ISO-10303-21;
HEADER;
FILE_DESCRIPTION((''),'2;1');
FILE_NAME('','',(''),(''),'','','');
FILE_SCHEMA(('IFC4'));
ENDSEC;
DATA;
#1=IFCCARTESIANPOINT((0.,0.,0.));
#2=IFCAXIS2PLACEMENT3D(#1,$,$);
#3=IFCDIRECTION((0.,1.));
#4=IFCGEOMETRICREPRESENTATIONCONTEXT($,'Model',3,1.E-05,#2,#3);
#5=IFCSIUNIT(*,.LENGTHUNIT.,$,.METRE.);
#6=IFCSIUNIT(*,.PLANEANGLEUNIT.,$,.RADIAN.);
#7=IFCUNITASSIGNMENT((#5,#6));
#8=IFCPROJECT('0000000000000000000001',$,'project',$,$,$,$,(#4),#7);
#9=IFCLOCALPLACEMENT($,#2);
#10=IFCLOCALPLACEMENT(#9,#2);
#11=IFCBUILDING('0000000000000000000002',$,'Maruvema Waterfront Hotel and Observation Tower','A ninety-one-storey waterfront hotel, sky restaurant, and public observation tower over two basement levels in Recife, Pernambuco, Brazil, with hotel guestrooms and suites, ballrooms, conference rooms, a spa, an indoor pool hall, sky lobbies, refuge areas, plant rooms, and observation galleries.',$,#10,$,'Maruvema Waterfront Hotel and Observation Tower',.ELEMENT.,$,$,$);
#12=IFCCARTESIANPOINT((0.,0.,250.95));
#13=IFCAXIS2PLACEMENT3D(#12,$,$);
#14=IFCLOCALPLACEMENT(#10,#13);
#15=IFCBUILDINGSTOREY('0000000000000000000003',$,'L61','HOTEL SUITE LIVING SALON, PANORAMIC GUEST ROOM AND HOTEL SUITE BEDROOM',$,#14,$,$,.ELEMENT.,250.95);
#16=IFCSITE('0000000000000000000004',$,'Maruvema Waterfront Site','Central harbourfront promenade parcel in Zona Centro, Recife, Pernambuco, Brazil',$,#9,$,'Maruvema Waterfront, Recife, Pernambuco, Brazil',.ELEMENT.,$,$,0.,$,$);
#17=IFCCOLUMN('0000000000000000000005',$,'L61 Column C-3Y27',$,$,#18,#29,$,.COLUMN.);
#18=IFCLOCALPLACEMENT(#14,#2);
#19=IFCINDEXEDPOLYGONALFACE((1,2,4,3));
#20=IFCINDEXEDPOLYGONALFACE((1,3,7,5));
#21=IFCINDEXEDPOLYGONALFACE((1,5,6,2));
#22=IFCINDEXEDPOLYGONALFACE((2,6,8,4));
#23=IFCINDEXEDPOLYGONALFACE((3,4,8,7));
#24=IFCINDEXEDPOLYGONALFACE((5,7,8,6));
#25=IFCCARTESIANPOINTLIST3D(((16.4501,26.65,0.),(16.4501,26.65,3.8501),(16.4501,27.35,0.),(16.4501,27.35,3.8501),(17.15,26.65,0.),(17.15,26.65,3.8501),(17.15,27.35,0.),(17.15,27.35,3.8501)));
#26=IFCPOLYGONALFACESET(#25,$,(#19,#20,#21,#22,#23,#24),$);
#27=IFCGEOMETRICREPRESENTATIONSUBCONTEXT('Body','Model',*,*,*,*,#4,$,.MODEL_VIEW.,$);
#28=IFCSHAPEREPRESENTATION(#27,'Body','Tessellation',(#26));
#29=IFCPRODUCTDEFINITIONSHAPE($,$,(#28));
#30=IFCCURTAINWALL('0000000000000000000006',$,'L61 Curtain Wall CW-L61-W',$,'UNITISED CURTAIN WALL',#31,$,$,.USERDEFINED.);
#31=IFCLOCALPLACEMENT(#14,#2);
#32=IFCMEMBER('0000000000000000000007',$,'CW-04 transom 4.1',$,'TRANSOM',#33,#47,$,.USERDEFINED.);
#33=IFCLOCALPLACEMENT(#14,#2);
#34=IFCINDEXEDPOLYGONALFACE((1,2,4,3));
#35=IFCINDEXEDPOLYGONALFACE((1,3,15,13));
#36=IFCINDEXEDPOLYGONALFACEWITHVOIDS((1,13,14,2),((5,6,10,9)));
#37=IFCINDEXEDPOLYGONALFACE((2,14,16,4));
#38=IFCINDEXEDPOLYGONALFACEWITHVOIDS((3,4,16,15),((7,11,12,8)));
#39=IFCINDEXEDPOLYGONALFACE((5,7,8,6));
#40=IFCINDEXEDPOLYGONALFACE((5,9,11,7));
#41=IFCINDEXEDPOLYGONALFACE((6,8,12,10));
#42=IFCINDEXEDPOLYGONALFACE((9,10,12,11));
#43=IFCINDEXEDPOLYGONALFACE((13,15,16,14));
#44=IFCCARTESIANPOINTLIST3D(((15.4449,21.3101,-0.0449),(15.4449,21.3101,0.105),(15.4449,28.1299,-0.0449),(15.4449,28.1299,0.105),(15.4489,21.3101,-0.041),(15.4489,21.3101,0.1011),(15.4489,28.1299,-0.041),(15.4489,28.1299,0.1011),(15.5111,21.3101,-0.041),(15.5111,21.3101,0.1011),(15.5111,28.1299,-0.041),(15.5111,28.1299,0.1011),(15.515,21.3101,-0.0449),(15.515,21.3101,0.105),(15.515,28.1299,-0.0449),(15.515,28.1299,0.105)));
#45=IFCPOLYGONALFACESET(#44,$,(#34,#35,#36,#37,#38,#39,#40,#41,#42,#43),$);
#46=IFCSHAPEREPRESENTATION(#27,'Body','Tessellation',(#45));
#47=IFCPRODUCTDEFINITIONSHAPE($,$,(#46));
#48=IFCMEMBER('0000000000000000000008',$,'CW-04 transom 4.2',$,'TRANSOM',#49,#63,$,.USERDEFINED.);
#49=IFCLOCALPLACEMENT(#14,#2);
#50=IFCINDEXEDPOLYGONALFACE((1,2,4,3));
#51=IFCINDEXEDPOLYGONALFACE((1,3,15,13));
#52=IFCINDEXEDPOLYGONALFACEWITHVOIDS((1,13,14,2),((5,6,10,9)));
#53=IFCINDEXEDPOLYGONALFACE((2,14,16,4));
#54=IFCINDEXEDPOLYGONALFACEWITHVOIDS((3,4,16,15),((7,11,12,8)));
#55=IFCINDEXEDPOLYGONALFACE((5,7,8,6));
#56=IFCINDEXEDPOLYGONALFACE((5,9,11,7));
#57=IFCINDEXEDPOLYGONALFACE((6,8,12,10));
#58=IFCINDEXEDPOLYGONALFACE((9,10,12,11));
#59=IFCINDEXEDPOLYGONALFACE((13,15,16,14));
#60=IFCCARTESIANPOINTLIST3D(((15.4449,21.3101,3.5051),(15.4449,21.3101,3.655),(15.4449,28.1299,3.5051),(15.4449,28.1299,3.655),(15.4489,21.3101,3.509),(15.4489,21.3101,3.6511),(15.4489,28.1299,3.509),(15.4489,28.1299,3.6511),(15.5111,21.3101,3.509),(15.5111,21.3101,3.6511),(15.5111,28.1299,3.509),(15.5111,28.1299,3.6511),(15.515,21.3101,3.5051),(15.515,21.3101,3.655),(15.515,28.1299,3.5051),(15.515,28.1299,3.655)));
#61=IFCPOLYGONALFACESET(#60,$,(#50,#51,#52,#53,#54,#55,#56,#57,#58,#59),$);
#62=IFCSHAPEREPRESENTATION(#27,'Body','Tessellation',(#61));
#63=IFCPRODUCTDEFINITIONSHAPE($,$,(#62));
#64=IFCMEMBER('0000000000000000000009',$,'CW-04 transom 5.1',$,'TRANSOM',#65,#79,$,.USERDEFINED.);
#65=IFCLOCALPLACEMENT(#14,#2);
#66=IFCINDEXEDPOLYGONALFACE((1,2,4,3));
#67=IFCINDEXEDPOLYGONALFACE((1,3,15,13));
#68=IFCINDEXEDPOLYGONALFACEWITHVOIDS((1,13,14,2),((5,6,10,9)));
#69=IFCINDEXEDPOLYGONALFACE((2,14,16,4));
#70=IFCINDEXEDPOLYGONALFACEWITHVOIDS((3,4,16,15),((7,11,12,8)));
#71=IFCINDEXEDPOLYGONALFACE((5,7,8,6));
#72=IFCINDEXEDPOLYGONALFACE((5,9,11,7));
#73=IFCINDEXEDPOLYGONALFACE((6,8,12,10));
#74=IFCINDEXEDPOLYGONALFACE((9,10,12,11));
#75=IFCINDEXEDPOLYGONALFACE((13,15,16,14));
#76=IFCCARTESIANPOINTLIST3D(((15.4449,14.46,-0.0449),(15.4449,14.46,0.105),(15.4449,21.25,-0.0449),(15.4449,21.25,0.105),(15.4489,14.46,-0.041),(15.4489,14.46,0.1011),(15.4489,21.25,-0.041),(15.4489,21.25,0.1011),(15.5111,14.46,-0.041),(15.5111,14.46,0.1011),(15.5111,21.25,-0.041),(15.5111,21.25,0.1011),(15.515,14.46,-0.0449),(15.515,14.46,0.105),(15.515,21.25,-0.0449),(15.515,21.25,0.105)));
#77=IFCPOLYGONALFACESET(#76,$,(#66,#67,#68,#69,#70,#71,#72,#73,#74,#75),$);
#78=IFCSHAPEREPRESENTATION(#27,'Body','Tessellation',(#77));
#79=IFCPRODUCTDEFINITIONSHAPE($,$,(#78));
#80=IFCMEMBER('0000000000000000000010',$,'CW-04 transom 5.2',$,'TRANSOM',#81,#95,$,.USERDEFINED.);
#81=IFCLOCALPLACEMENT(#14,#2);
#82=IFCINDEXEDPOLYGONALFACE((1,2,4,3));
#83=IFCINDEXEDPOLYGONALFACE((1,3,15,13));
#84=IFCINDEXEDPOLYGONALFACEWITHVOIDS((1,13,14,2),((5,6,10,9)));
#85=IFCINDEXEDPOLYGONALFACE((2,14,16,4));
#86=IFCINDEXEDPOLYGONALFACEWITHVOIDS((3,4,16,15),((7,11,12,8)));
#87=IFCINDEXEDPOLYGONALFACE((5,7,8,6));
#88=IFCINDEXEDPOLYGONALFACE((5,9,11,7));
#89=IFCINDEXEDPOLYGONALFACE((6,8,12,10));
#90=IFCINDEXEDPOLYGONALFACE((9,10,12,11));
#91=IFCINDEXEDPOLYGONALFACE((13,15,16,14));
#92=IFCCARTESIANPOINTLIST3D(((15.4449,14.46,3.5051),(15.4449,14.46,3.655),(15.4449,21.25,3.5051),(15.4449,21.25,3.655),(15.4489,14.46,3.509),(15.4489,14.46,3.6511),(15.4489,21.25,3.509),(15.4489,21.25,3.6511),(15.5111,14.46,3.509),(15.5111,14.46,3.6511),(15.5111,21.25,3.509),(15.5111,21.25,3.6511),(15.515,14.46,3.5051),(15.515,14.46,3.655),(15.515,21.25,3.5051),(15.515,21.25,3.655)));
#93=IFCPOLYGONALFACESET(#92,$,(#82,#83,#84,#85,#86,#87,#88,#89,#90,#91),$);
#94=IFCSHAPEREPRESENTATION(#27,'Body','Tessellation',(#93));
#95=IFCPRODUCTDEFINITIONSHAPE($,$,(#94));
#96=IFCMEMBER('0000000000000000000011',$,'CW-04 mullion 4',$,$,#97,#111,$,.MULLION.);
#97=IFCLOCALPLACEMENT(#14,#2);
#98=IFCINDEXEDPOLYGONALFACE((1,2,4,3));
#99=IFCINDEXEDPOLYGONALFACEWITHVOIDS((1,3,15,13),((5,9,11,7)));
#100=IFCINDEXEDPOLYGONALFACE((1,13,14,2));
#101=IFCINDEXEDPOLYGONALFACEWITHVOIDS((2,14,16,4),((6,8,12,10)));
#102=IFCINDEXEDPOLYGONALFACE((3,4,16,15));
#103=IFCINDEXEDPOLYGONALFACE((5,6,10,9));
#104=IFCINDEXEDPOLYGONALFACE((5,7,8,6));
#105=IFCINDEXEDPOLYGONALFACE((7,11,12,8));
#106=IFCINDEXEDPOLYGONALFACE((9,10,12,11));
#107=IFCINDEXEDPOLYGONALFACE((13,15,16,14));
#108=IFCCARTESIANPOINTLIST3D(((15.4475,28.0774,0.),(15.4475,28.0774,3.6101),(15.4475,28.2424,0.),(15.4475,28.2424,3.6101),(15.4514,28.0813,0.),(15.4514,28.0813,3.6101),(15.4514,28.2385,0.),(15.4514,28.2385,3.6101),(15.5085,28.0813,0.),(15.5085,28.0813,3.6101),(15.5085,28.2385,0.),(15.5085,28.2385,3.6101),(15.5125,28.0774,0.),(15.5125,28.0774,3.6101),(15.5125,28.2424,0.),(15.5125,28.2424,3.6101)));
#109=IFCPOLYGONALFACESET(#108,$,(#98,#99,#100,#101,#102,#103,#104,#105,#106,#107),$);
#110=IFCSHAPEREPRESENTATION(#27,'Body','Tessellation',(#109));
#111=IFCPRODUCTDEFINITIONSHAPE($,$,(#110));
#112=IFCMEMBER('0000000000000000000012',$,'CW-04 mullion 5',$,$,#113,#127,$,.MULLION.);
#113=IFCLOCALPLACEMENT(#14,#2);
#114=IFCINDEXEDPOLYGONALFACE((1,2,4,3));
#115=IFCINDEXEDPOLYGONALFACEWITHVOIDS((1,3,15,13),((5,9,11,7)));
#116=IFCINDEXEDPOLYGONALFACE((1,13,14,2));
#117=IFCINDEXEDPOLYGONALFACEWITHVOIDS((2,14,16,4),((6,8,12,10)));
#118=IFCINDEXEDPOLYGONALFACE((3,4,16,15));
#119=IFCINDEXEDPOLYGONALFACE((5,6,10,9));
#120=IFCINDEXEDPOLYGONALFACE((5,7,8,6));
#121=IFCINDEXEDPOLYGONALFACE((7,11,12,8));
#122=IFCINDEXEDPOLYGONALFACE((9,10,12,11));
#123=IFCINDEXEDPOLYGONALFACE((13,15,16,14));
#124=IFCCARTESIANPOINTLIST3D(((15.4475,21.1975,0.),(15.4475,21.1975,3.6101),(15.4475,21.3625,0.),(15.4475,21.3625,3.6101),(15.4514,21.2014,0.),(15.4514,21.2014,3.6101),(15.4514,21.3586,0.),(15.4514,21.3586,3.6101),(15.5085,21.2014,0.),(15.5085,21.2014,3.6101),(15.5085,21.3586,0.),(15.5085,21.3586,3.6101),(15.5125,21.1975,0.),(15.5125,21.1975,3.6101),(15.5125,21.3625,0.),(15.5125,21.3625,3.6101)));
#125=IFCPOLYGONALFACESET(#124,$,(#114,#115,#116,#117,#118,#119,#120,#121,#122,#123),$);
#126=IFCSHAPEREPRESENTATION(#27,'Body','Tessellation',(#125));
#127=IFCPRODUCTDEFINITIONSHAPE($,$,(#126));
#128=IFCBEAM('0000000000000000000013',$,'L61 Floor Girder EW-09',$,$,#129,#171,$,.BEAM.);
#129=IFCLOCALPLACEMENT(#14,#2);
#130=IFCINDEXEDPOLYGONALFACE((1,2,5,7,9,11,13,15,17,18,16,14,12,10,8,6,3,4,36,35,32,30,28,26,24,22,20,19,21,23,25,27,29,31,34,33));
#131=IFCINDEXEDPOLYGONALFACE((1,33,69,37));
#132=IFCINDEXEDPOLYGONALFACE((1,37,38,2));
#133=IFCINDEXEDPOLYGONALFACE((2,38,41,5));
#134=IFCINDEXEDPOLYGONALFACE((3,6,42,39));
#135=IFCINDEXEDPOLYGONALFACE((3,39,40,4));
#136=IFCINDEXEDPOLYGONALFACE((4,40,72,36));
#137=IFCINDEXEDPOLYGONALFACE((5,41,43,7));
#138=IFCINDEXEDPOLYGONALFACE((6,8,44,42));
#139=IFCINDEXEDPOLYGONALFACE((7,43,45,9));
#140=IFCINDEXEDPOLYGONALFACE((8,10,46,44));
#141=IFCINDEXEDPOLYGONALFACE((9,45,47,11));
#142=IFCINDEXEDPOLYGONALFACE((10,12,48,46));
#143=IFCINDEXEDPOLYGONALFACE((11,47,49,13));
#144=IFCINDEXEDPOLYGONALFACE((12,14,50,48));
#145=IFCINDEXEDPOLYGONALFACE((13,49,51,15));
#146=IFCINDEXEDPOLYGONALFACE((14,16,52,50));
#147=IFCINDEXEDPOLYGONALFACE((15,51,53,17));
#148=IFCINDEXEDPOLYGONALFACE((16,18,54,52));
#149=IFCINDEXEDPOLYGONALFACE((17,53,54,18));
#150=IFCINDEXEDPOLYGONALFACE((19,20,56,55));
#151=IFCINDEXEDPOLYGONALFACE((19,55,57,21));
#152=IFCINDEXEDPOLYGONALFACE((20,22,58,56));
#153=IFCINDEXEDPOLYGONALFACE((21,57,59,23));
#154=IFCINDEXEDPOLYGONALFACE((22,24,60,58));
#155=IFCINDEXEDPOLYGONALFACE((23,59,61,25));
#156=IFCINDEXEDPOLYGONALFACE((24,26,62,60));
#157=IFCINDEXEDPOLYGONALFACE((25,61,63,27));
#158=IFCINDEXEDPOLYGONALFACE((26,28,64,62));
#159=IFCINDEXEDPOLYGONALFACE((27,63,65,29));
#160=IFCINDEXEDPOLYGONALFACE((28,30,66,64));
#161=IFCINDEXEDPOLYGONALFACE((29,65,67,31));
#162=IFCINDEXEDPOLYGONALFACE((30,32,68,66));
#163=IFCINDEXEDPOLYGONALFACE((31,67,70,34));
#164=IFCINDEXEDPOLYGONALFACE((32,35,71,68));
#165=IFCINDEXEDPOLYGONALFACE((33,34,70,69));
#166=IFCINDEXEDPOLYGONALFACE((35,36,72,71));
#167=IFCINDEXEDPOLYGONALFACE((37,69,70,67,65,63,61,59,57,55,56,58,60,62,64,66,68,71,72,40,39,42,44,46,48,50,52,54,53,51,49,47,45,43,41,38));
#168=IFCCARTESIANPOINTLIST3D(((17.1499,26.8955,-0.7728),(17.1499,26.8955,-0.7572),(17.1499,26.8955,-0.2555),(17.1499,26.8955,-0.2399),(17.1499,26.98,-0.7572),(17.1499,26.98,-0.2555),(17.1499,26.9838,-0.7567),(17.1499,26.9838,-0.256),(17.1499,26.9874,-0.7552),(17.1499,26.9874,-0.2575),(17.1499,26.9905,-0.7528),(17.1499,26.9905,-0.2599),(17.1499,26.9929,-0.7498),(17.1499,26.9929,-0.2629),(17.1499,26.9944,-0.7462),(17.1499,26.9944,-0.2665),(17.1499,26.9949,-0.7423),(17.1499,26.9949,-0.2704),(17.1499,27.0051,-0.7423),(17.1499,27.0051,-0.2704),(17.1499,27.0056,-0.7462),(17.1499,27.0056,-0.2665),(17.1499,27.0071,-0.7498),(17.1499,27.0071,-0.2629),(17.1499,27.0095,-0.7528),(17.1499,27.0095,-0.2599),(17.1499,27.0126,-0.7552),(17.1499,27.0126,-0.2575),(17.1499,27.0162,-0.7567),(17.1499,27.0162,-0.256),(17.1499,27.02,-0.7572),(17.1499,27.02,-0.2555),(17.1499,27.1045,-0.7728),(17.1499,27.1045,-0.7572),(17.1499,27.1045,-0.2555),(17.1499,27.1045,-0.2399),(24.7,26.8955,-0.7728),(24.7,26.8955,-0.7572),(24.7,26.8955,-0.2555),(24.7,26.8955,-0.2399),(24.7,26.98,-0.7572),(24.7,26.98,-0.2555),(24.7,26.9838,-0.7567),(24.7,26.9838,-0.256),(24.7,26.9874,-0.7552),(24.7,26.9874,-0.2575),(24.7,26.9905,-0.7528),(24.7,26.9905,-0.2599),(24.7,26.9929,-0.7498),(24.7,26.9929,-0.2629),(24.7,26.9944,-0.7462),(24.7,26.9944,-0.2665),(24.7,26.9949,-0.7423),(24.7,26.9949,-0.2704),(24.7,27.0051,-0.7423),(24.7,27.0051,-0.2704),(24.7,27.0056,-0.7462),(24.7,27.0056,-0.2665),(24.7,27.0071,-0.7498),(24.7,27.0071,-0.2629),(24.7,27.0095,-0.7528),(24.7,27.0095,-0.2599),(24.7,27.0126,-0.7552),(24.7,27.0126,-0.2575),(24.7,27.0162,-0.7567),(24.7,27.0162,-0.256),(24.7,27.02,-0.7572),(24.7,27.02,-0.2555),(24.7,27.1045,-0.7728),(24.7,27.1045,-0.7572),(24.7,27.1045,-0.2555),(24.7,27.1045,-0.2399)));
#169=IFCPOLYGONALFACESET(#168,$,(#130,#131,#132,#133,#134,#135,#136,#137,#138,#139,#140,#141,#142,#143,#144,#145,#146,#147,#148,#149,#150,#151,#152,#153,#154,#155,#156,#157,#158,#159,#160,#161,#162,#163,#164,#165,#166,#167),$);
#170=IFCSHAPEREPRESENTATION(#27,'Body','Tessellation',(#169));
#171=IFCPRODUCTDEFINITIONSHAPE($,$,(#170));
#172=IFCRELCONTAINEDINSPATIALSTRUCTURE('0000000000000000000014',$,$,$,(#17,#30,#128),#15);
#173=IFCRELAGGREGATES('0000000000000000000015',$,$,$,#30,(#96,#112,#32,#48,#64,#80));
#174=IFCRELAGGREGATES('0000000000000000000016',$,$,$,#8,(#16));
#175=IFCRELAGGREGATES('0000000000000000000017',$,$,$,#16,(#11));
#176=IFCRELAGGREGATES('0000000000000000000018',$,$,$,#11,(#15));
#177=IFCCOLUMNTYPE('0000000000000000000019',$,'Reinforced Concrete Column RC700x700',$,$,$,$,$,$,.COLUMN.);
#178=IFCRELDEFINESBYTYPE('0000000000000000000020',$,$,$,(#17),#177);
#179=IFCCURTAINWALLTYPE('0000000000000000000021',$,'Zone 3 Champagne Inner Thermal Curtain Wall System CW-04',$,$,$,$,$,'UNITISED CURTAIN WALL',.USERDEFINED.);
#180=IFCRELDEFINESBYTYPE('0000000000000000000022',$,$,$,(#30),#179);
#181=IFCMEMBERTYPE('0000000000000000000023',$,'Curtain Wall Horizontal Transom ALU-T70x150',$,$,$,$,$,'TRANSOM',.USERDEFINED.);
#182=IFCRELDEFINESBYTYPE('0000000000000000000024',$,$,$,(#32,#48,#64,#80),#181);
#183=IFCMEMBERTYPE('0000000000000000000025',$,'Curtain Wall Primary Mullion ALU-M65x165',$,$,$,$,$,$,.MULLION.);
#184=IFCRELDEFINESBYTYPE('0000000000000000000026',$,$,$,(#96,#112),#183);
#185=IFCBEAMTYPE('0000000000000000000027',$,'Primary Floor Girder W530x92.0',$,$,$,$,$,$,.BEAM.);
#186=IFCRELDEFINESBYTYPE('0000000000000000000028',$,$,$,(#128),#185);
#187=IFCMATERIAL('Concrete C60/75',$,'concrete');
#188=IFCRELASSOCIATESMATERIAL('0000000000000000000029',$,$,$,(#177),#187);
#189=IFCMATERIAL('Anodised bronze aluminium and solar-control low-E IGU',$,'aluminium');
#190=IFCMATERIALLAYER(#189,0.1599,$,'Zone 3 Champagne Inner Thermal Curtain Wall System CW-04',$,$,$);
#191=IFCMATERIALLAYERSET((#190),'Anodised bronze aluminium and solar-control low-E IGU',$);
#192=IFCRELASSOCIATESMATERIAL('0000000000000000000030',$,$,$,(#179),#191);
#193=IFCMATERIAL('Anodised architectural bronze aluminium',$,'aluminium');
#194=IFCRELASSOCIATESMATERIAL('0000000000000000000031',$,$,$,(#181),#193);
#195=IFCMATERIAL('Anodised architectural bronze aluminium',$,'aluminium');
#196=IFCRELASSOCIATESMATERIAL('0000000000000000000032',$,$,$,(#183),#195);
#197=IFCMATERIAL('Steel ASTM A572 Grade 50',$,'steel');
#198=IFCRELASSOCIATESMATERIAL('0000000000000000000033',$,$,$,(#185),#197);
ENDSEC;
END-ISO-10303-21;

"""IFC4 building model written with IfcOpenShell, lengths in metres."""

from ifc_helpers import new_model, si_unit, direction, frame, origin, origin_2d, place, context, subcontext, project, spatial, rectangle, hollow_rectangle, i_section, extrude, material, layer, layer_set, material_profile, profile_set, type_object, element, aggregate, save


model = new_model("IFC4")

# Units and contexts
model_context = context("Model", 3, precision=1e-05, world=origin(), true_north=direction((0.0, 1.0)))
body_context = subcontext(model_context, "Body", "Model", "MODEL_VIEW")
ifc_project = project(units=[si_unit("LENGTHUNIT", "METRE"), si_unit("PLANEANGLEUNIT", "RADIAN")], contexts=[model_context])

# Site, building, storey
site_placement = place(None, origin())
site = spatial("IfcSite", under=ifc_project, at=site_placement, Name="Maruvema Waterfront Site", Description="Central harbourfront promenade parcel in Zona Centro, Recife, Pernambuco, Brazil", LongName="Maruvema Waterfront, Recife, Pernambuco, Brazil", CompositionType="ELEMENT", RefElevation=0.0)
building_placement = place(site_placement, origin())
building = spatial("IfcBuilding", under=site, at=building_placement, Name="Maruvema Waterfront Hotel and Observation Tower", Description="A ninety-one-storey waterfront hotel, sky restaurant, and public observation tower over two basement levels in Recife, Pernambuco, Brazil, with hotel guestrooms and suites, ballrooms, conference rooms, a spa, an indoor pool hall, sky lobbies, refuge areas, plant rooms, and observation galleries.", LongName="Maruvema Waterfront Hotel and Observation Tower", CompositionType="ELEMENT")
storey_placement = place(building_placement, frame((0.0, 0.0, 250.95)))
storey = spatial("IfcBuildingStorey", under=building, at=storey_placement, Name="L61", Description="HOTEL SUITE LIVING SALON, PANORAMIC GUEST ROOM AND HOTEL SUITE BEDROOM", CompositionType="ELEMENT", Elevation=250.95)

# Column
ifc_material_1 = material(Name="Concrete C60/75", Category="concrete")
ifc_material_profile_1 = material_profile(ifc_material_1, rectangle(XDim=0.7, YDim=0.7, at=origin_2d()), Name="RC700x700")
ifc_profile_set_1 = profile_set([ifc_material_profile_1], Name="Concrete C60/75")
column_type = type_object("IfcColumnType", Name="Reinforced Concrete Column RC700x700", PredefinedType="COLUMN", material=ifc_profile_set_1)
column_placement = place(storey_placement, frame((16.8, 27.0, 0.0), z_axis=(0.0, 0.0, 1.0), x_axis=(1.0, 0.0, 0.0)))
element("IfcColumn", 1, at=column_placement, inside=storey, type_object=column_type, Name="L61 Column C-3Y27", PredefinedType="COLUMN", context=body_context, shape_type="SweptSolid", body=[
    extrude(rectangle(XDim=0.7, YDim=0.7, at=origin_2d()), origin(), (0.0, 0.0, 1.0), 3.8501),
])

# Curtain wall, members
ifc_material_2 = material(Name="Anodised bronze aluminium and solar-control low-E IGU", Category="aluminium")
ifc_layer_1 = layer(ifc_material_2, 0.1599, Name="Zone 3 Champagne Inner Thermal Curtain Wall System CW-04")
ifc_layer_set_1 = layer_set([ifc_layer_1], Name="Anodised bronze aluminium and solar-control low-E IGU")
curtain_wall_type = type_object("IfcCurtainWallType", Name="Zone 3 Champagne Inner Thermal Curtain Wall System CW-04", ElementType="UNITISED CURTAIN WALL", PredefinedType="USERDEFINED", material=ifc_layer_set_1)
curtain_wall_placement = place(storey_placement, origin())
curtain_wall = element("IfcCurtainWall", 2, at=curtain_wall_placement, inside=storey, type_object=curtain_wall_type, Name="L61 Curtain Wall CW-L61-W", ObjectType="UNITISED CURTAIN WALL", PredefinedType="USERDEFINED")
ifc_material_3 = material(Name="Anodised architectural bronze aluminium", Category="aluminium")
ifc_material_profile_2 = material_profile(ifc_material_3, hollow_rectangle(XDim=0.0701, YDim=0.1499, WallThickness=0.0039, at=origin_2d()), Name="ALU-T70x150")
ifc_profile_set_2 = profile_set([ifc_material_profile_2], Name="Anodised architectural bronze aluminium")
member_type_1 = type_object("IfcMemberType", Name="Curtain Wall Horizontal Transom ALU-T70x150", ElementType="TRANSOM", PredefinedType="USERDEFINED", material=ifc_profile_set_2)
member_1_placement = place(storey_placement, frame((15.48, 28.1299, 0.03), z_axis=(0.0, -1.0, 0.0), x_axis=(1.0, 0.0, 0.0)))
member_1 = element("IfcMember", 3, at=member_1_placement, type_object=member_type_1, Name="CW-04 transom 4.1", ObjectType="TRANSOM", PredefinedType="USERDEFINED", context=body_context, shape_type="SweptSolid", body=[
    extrude(hollow_rectangle(XDim=0.0701, YDim=0.1499, WallThickness=0.0039, at=origin_2d()), origin(), (0.0, 0.0, 1.0), 6.8198),
])
member_2_placement = place(storey_placement, frame((15.48, 28.1299, 3.5801), z_axis=(0.0, -1.0, 0.0), x_axis=(1.0, 0.0, 0.0)))
member_2 = element("IfcMember", 4, at=member_2_placement, type_object=member_type_1, Name="CW-04 transom 4.2", ObjectType="TRANSOM", PredefinedType="USERDEFINED", context=body_context, shape_type="SweptSolid", body=[
    extrude(hollow_rectangle(XDim=0.0701, YDim=0.1499, WallThickness=0.0039, at=origin_2d()), origin(), (0.0, 0.0, 1.0), 6.8198),
])
member_3_placement = place(storey_placement, frame((15.48, 21.25, 0.03), z_axis=(0.0, -1.0, 0.0), x_axis=(1.0, 0.0, 0.0)))
member_3 = element("IfcMember", 5, at=member_3_placement, type_object=member_type_1, Name="CW-04 transom 5.1", ObjectType="TRANSOM", PredefinedType="USERDEFINED", context=body_context, shape_type="SweptSolid", body=[
    extrude(hollow_rectangle(XDim=0.0701, YDim=0.1499, WallThickness=0.0039, at=origin_2d()), origin(), (0.0, 0.0, 1.0), 6.79),
])
member_4_placement = place(storey_placement, frame((15.48, 21.25, 3.5801), z_axis=(0.0, -1.0, 0.0), x_axis=(1.0, 0.0, 0.0)))
member_4 = element("IfcMember", 6, at=member_4_placement, type_object=member_type_1, Name="CW-04 transom 5.2", ObjectType="TRANSOM", PredefinedType="USERDEFINED", context=body_context, shape_type="SweptSolid", body=[
    extrude(hollow_rectangle(XDim=0.0701, YDim=0.1499, WallThickness=0.0039, at=origin_2d()), origin(), (0.0, 0.0, 1.0), 6.79),
])
ifc_material_4 = material(Name="Anodised architectural bronze aluminium", Category="aluminium")
ifc_material_profile_3 = material_profile(ifc_material_4, hollow_rectangle(XDim=0.0649, YDim=0.165, WallThickness=0.0039, at=origin_2d()), Name="ALU-M65x165")
ifc_profile_set_3 = profile_set([ifc_material_profile_3], Name="Anodised architectural bronze aluminium")
member_type_2 = type_object("IfcMemberType", Name="Curtain Wall Primary Mullion ALU-M65x165", PredefinedType="MULLION", material=ifc_profile_set_3)
member_5_placement = place(storey_placement, frame((15.48, 28.1599, 0.0), z_axis=(0.0, 0.0, 1.0), x_axis=(1.0, 0.0, 0.0)))
member_5 = element("IfcMember", 7, at=member_5_placement, type_object=member_type_2, Name="CW-04 mullion 4", PredefinedType="MULLION", context=body_context, shape_type="SweptSolid", body=[
    extrude(hollow_rectangle(XDim=0.0649, YDim=0.165, WallThickness=0.0039, at=origin_2d()), origin(), (0.0, 0.0, 1.0), 3.6101),
])
member_6_placement = place(storey_placement, frame((15.48, 21.28, 0.0), z_axis=(0.0, 0.0, 1.0), x_axis=(1.0, 0.0, 0.0)))
member_6 = element("IfcMember", 8, at=member_6_placement, type_object=member_type_2, Name="CW-04 mullion 5", PredefinedType="MULLION", context=body_context, shape_type="SweptSolid", body=[
    extrude(hollow_rectangle(XDim=0.0649, YDim=0.165, WallThickness=0.0039, at=origin_2d()), origin(), (0.0, 0.0, 1.0), 3.6101),
])

# Beam
ifc_material_5 = material(Name="Steel ASTM A572 Grade 50", Category="steel")
ifc_material_profile_4 = material_profile(ifc_material_5, i_section(OverallWidth=0.209, OverallDepth=0.533, WebThickness=0.0103, FlangeThickness=0.0156, FilletRadius=0.0149, at=origin_2d()), Name="W530x92.0")
ifc_profile_set_4 = profile_set([ifc_material_profile_4], Name="Steel ASTM A572 Grade 50")
beam_type_1 = type_object("IfcBeamType", Name="Primary Floor Girder W530x92.0", PredefinedType="BEAM", material=ifc_profile_set_4)
beam_1_placement = place(storey_placement, frame((17.1499, 27.0, -0.5063), z_axis=(1.0, 0.0, 0.0), x_axis=(0.0, 1.0, 0.0)))
element("IfcBeam", 9, at=beam_1_placement, inside=storey, type_object=beam_type_1, Name="L61 Floor Girder EW-09", PredefinedType="BEAM", context=body_context, shape_type="SweptSolid", body=[
    extrude(i_section(OverallWidth=0.209, OverallDepth=0.533, WebThickness=0.0103, FlangeThickness=0.0156, FilletRadius=0.0149, at=origin_2d()), origin(), (0.0, 0.0, 1.0), 7.55),
])

aggregate(curtain_wall, [member_5, member_6, member_1, member_2, member_3, member_4])

save(model, "model.ifc")
